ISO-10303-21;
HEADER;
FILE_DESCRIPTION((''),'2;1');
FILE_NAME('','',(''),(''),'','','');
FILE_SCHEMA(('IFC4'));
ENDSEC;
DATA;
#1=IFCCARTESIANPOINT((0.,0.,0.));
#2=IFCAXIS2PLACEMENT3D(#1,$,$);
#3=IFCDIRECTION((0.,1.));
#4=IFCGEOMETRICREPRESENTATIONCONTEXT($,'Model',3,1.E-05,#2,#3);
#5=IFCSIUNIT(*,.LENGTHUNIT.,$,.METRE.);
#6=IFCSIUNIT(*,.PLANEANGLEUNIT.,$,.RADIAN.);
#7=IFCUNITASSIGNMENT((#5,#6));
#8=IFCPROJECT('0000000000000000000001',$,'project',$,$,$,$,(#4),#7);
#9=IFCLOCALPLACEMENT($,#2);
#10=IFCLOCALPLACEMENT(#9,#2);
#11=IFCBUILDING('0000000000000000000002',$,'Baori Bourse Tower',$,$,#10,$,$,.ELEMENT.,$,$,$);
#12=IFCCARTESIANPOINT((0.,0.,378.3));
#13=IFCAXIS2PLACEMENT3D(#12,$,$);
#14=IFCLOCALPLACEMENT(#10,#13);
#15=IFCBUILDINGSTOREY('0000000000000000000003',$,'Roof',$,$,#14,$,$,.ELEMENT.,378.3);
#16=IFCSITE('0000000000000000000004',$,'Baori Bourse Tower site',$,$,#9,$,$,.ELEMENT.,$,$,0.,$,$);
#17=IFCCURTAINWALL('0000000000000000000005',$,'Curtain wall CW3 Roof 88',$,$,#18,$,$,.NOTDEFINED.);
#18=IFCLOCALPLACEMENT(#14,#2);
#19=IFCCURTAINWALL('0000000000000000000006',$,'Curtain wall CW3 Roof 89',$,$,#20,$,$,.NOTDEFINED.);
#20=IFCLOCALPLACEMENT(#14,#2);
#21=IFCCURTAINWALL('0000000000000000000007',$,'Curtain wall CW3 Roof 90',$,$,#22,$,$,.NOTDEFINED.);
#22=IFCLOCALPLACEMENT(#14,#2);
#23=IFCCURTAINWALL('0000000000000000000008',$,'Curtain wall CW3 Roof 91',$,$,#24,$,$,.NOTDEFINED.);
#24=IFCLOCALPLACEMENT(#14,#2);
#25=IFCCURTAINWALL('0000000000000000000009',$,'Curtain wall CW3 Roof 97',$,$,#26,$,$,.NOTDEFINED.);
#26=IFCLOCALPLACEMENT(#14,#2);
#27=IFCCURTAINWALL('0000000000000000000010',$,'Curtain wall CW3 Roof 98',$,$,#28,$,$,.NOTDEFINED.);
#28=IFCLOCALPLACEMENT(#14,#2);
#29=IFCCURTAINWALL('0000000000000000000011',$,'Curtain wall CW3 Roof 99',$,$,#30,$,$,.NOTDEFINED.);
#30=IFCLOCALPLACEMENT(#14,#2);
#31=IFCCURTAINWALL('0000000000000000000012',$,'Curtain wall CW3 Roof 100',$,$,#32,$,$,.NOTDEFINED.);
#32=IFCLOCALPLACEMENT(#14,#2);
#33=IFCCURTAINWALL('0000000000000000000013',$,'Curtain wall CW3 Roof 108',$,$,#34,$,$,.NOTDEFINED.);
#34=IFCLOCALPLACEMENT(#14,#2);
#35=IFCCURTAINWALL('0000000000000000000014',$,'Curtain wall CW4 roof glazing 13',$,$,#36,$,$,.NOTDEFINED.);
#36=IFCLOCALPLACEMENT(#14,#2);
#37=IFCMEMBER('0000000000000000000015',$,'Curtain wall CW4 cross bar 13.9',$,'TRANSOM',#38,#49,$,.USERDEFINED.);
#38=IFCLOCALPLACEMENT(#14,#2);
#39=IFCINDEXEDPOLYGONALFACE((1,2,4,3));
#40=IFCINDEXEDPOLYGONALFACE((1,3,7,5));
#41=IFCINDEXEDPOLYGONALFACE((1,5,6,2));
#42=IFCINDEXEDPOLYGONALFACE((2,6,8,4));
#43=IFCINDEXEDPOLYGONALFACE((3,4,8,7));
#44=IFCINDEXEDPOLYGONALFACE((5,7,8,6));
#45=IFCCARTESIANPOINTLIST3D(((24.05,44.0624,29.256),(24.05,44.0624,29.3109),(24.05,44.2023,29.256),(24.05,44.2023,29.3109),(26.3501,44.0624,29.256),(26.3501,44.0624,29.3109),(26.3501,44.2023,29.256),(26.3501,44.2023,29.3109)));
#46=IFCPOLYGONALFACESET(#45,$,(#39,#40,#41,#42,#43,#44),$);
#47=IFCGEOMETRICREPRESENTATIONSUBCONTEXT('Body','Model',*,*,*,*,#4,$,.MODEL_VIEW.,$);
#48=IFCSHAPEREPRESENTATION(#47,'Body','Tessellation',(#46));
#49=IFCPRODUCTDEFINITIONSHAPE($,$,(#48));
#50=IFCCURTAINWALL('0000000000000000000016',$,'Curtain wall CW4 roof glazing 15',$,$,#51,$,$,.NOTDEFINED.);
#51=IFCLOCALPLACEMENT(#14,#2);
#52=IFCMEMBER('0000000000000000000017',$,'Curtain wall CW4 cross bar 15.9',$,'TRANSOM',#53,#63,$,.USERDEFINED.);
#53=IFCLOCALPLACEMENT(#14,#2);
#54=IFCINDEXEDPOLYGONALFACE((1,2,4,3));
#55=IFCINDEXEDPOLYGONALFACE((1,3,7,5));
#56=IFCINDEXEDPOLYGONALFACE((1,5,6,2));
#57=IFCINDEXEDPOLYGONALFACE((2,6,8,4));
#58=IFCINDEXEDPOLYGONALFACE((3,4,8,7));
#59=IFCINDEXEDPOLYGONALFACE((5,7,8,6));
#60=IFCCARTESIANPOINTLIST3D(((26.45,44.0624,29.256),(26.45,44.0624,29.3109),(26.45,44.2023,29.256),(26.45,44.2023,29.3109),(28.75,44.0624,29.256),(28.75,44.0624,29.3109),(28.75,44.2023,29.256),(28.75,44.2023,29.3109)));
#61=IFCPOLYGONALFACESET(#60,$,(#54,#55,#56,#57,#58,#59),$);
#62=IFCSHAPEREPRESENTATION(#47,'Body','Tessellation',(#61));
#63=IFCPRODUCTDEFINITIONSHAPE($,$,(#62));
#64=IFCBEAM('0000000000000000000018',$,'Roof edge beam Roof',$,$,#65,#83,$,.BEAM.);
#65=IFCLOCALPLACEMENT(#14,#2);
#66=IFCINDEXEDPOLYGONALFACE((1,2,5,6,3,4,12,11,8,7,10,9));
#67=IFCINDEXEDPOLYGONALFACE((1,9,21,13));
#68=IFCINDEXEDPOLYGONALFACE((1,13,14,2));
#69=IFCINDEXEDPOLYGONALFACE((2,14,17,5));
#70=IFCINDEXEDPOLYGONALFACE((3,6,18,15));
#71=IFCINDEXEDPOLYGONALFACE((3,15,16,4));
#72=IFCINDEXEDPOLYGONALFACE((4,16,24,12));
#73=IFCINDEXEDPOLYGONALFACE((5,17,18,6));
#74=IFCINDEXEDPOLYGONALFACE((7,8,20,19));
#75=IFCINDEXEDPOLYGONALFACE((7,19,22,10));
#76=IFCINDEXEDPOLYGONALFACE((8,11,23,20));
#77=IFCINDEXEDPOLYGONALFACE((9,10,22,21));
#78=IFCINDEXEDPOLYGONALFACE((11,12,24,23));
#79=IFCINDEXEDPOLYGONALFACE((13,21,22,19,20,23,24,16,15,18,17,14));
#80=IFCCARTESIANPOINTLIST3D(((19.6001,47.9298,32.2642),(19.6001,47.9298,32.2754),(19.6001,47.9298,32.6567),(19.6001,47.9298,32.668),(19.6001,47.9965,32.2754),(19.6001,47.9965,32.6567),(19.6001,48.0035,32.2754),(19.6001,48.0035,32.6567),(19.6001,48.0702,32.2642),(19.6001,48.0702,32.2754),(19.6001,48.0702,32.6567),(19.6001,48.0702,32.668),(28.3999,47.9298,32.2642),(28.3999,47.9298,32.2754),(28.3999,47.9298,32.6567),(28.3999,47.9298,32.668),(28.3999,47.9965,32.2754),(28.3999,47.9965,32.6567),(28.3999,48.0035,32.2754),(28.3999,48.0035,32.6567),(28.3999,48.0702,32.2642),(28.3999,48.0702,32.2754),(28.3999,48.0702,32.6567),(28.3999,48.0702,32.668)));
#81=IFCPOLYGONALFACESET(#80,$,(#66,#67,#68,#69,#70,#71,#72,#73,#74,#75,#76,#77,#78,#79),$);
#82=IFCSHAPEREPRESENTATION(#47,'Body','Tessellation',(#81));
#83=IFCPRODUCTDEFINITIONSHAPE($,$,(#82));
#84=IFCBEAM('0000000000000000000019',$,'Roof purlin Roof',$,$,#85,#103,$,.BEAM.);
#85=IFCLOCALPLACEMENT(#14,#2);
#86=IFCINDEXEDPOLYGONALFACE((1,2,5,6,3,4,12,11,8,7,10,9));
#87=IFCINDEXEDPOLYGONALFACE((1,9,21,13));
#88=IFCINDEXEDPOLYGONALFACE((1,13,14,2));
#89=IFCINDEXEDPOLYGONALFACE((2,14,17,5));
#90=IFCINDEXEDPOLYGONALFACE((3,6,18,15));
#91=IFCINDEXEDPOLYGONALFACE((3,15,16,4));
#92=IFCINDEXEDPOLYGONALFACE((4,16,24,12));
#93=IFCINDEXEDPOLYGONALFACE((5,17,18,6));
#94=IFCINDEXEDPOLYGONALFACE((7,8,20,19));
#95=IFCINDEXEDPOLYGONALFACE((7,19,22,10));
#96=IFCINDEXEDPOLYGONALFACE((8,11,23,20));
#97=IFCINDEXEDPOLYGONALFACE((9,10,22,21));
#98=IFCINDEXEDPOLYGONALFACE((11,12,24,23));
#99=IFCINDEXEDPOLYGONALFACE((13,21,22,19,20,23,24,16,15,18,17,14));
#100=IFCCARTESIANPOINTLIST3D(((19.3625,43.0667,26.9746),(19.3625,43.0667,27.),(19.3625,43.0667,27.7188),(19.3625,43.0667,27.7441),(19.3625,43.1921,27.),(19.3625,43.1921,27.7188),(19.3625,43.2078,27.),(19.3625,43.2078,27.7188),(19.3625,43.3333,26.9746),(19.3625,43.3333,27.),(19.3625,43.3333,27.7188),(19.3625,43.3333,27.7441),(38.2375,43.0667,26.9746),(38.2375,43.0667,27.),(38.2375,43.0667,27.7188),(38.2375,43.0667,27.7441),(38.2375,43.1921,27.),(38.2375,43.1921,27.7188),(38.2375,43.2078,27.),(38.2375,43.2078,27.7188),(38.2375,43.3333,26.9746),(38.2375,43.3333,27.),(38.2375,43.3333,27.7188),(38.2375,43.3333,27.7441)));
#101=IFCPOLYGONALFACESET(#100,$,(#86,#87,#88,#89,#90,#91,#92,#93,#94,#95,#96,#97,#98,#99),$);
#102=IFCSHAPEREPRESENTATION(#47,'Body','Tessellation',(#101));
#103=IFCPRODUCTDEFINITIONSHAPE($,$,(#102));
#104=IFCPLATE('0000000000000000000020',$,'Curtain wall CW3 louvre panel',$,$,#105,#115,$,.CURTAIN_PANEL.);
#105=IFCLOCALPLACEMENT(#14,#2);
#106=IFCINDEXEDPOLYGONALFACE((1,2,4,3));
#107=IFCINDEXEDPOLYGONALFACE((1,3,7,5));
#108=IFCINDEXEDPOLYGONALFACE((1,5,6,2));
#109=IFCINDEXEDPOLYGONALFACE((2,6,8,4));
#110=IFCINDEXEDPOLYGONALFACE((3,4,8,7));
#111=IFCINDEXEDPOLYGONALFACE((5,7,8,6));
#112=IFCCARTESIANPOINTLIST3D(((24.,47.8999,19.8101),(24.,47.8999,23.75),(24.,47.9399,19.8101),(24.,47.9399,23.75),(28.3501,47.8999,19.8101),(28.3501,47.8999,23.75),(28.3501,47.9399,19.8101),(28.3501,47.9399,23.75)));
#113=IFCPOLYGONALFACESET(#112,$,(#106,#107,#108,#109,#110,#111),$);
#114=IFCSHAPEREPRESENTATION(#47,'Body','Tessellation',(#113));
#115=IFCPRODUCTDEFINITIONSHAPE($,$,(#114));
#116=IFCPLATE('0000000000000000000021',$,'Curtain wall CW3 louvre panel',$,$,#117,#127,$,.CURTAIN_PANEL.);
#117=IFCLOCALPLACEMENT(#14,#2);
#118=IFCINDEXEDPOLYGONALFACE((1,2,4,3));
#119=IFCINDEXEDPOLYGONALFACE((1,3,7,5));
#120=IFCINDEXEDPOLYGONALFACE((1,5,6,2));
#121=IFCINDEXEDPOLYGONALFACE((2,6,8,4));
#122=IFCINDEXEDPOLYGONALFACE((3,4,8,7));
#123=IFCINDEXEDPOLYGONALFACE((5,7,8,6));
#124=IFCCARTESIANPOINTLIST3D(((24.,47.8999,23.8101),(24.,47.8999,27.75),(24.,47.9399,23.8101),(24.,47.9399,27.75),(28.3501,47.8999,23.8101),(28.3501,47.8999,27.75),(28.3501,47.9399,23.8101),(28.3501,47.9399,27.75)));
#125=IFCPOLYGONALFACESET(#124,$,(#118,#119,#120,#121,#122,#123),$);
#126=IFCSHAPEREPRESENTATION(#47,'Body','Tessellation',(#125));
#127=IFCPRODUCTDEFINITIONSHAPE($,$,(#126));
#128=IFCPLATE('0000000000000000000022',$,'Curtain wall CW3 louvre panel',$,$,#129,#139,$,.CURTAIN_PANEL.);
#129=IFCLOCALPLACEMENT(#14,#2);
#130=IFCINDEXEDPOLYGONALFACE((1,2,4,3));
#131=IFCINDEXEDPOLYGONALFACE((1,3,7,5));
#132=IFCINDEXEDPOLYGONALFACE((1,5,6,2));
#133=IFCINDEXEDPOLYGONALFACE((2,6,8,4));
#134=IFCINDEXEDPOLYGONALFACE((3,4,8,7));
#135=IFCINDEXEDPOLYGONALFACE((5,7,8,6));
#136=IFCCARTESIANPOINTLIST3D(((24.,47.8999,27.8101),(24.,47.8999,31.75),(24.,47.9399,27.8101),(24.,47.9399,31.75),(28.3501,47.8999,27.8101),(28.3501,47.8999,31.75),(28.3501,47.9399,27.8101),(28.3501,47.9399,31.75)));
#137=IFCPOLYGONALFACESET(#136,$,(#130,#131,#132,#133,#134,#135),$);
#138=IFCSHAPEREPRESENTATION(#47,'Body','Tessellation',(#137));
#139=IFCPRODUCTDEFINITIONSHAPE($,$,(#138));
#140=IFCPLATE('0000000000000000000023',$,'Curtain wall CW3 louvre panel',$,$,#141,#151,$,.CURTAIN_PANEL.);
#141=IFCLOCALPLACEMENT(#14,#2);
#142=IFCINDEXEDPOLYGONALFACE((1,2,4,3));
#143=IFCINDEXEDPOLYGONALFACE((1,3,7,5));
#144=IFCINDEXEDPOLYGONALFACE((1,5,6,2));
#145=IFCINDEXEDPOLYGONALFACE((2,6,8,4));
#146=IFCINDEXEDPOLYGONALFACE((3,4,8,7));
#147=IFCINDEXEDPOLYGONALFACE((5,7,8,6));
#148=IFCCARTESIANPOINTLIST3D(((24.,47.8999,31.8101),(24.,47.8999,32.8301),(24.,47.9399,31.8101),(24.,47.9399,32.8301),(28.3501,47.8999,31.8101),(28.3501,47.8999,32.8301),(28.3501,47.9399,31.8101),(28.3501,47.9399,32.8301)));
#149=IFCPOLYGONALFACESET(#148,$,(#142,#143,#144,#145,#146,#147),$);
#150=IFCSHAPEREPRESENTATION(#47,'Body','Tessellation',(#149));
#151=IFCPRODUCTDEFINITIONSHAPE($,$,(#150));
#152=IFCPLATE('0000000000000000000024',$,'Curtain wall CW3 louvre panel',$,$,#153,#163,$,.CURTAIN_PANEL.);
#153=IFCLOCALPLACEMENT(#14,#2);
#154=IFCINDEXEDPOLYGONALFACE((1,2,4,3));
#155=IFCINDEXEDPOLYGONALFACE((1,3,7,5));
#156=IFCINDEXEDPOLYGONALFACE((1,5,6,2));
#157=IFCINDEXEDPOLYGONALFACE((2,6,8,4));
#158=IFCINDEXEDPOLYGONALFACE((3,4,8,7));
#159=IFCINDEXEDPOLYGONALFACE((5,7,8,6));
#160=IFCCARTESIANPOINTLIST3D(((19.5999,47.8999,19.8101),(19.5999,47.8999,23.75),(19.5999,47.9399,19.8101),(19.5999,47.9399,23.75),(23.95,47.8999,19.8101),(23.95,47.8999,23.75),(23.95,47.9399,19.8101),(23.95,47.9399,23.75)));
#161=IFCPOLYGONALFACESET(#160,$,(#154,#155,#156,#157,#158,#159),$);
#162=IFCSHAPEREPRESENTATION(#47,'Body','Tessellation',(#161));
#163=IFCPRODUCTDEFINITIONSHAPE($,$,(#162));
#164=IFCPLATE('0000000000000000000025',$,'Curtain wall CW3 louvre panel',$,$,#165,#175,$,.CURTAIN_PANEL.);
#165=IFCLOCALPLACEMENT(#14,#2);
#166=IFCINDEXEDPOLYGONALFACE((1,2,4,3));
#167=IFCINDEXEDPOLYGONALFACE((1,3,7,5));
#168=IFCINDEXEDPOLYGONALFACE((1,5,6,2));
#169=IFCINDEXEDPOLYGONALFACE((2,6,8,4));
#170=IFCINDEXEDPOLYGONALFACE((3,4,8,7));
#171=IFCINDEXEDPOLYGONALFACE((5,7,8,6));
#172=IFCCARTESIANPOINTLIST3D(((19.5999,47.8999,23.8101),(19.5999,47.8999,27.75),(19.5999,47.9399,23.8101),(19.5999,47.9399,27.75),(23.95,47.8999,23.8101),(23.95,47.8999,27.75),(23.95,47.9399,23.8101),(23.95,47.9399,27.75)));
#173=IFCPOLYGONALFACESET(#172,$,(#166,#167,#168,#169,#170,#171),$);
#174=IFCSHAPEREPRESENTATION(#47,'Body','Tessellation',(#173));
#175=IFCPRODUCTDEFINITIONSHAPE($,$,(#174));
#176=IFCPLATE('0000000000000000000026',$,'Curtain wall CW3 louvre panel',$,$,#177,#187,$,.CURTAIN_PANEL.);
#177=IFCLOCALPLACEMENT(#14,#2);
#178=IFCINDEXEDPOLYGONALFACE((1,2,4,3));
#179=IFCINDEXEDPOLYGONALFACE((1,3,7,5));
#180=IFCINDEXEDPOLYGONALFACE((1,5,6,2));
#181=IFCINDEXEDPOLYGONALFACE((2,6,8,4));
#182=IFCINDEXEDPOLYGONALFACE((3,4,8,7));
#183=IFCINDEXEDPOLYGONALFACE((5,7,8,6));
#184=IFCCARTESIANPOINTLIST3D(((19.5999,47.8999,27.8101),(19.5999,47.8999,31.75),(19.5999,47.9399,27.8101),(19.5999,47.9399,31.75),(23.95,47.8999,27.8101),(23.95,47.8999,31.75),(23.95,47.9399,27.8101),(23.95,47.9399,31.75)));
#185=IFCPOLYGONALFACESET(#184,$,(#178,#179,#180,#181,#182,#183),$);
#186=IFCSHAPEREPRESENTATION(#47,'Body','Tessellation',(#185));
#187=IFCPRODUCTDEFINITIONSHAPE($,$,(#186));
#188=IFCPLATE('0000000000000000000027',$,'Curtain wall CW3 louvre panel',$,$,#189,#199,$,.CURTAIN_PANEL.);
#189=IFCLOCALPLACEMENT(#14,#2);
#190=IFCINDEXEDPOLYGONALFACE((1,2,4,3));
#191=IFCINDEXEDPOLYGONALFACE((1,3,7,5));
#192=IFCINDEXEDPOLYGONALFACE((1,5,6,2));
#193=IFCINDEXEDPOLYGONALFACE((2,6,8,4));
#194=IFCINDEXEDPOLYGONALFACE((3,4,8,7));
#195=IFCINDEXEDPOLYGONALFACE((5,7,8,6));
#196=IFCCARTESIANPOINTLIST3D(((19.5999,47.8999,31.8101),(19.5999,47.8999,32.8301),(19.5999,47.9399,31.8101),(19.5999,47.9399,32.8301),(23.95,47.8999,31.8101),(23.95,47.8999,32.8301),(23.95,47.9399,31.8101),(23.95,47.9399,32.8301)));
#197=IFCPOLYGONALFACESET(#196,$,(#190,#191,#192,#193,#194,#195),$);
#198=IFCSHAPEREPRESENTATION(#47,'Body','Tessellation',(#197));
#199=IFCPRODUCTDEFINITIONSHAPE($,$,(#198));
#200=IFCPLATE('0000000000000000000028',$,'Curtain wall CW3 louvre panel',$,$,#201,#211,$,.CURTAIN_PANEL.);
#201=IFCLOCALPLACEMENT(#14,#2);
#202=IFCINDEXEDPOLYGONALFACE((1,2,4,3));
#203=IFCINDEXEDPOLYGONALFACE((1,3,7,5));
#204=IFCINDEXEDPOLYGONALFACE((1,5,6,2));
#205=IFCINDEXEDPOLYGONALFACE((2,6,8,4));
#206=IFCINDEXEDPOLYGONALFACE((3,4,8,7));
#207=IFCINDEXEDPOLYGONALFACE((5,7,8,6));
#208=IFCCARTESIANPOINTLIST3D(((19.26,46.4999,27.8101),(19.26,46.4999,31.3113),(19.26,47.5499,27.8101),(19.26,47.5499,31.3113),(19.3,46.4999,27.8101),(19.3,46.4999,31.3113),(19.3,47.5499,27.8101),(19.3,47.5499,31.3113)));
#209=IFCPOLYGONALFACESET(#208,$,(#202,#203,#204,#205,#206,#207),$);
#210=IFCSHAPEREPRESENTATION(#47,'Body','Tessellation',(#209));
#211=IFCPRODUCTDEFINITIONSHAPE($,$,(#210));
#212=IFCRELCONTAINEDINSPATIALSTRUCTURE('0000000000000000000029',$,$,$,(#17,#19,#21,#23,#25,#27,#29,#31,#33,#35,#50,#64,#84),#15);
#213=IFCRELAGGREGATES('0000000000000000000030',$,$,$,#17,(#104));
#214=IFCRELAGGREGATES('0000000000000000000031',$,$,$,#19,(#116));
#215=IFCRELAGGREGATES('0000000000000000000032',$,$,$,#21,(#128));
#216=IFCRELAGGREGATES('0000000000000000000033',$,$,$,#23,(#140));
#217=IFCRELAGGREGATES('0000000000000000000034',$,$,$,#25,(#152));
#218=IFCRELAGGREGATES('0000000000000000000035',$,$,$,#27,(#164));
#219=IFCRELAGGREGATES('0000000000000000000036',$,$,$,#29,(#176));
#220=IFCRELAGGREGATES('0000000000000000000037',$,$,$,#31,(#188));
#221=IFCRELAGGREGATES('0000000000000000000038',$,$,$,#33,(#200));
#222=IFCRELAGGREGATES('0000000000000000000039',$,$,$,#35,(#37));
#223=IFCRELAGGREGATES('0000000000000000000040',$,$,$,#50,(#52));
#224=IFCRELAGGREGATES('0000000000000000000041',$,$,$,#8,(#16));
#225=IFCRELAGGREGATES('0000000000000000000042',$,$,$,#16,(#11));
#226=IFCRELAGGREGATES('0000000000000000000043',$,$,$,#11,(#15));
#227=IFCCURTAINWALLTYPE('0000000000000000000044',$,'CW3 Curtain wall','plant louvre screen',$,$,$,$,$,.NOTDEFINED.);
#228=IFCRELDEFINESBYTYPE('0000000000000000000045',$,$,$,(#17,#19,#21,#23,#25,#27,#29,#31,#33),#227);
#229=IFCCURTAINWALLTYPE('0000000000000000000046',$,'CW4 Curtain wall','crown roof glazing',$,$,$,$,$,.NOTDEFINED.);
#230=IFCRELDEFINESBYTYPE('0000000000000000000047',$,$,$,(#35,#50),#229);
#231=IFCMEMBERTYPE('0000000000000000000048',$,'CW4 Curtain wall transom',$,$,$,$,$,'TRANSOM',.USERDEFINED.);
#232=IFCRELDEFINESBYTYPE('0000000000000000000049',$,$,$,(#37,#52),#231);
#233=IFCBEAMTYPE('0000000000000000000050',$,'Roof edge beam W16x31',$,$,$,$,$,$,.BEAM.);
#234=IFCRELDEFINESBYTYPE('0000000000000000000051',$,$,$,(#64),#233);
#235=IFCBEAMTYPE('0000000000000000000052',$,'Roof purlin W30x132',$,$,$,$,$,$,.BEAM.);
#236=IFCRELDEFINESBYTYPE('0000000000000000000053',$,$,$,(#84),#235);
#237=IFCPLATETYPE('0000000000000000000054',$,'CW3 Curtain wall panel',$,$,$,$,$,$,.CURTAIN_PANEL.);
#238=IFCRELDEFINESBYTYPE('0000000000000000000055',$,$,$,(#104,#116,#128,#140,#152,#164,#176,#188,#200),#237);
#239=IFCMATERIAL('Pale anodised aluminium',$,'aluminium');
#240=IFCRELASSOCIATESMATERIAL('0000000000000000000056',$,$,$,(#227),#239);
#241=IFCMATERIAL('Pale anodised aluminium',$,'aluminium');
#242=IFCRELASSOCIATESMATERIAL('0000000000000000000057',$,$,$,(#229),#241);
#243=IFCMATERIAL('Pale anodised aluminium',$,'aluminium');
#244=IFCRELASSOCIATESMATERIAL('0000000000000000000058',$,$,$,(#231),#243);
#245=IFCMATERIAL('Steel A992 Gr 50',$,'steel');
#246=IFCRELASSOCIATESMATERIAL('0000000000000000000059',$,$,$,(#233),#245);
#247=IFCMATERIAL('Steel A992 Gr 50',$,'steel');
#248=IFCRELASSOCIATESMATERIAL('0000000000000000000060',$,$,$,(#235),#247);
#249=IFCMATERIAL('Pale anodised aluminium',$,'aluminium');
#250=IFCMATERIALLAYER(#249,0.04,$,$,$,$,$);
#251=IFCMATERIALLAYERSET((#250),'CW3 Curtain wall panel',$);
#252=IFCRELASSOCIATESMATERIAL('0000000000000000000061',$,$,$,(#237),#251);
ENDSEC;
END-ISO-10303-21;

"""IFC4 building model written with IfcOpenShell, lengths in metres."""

from ifc_helpers import new_model, si_unit, direction, frame, origin, origin_2d, place, context, subcontext, project, spatial, rectangle, i_section, extrude, material, layer, layer_set, material_profile, profile_set, type_object, element, aggregate, save


model = new_model("IFC4")

# Units and contexts
model_context = context("Model", 3, precision=1e-05, world=origin(), true_north=direction((0.0, 1.0)))
body_context = subcontext(model_context, "Body", "Model", "MODEL_VIEW")
ifc_project = project(units=[si_unit("LENGTHUNIT", "METRE"), si_unit("PLANEANGLEUNIT", "RADIAN")], contexts=[model_context])

# Site, building, storey
site_placement = place(None, origin())
site = spatial("IfcSite", under=ifc_project, at=site_placement, Name="Baori Bourse Tower site", CompositionType="ELEMENT", RefElevation=0.0)
building_placement = place(site_placement, origin())
building = spatial("IfcBuilding", under=site, at=building_placement, Name="Baori Bourse Tower", CompositionType="ELEMENT")
storey_placement = place(building_placement, frame((0.0, 0.0, 378.3)))
storey = spatial("IfcBuildingStorey", under=building, at=storey_placement, Name="Roof", CompositionType="ELEMENT", Elevation=378.3)

# Curtain walls
ifc_material_1 = material(Name="Pale anodised aluminium", Category="aluminium")
curtain_wall_type_1 = type_object("IfcCurtainWallType", Name="CW3 Curtain wall", Description="plant louvre screen", PredefinedType="NOTDEFINED", material=ifc_material_1)
curtain_wall_1_placement = place(storey_placement, origin())
curtain_wall_1 = element("IfcCurtainWall", 1, at=curtain_wall_1_placement, inside=storey, type_object=curtain_wall_type_1, Name="Curtain wall CW3 Roof 88", PredefinedType="NOTDEFINED")
curtain_wall_2_placement = place(storey_placement, origin())
curtain_wall_2 = element("IfcCurtainWall", 2, at=curtain_wall_2_placement, inside=storey, type_object=curtain_wall_type_1, Name="Curtain wall CW3 Roof 89", PredefinedType="NOTDEFINED")
curtain_wall_3_placement = place(storey_placement, origin())
curtain_wall_3 = element("IfcCurtainWall", 3, at=curtain_wall_3_placement, inside=storey, type_object=curtain_wall_type_1, Name="Curtain wall CW3 Roof 90", PredefinedType="NOTDEFINED")
curtain_wall_4_placement = place(storey_placement, origin())
curtain_wall_4 = element("IfcCurtainWall", 4, at=curtain_wall_4_placement, inside=storey, type_object=curtain_wall_type_1, Name="Curtain wall CW3 Roof 91", PredefinedType="NOTDEFINED")
curtain_wall_5_placement = place(storey_placement, origin())
curtain_wall_5 = element("IfcCurtainWall", 5, at=curtain_wall_5_placement, inside=storey, type_object=curtain_wall_type_1, Name="Curtain wall CW3 Roof 97", PredefinedType="NOTDEFINED")
curtain_wall_6_placement = place(storey_placement, origin())
curtain_wall_6 = element("IfcCurtainWall", 6, at=curtain_wall_6_placement, inside=storey, type_object=curtain_wall_type_1, Name="Curtain wall CW3 Roof 98", PredefinedType="NOTDEFINED")
curtain_wall_7_placement = place(storey_placement, origin())
curtain_wall_7 = element("IfcCurtainWall", 7, at=curtain_wall_7_placement, inside=storey, type_object=curtain_wall_type_1, Name="Curtain wall CW3 Roof 99", PredefinedType="NOTDEFINED")
curtain_wall_8_placement = place(storey_placement, origin())
curtain_wall_8 = element("IfcCurtainWall", 8, at=curtain_wall_8_placement, inside=storey, type_object=curtain_wall_type_1, Name="Curtain wall CW3 Roof 100", PredefinedType="NOTDEFINED")
curtain_wall_9_placement = place(storey_placement, origin())
curtain_wall_9 = element("IfcCurtainWall", 9, at=curtain_wall_9_placement, inside=storey, type_object=curtain_wall_type_1, Name="Curtain wall CW3 Roof 108", PredefinedType="NOTDEFINED")

# Curtain walls, members
ifc_material_2 = material(Name="Pale anodised aluminium", Category="aluminium")
curtain_wall_type_2 = type_object("IfcCurtainWallType", Name="CW4 Curtain wall", Description="crown roof glazing", PredefinedType="NOTDEFINED", material=ifc_material_2)
ifc_material_3 = material(Name="Pale anodised aluminium", Category="aluminium")
ifc_material_profile_1 = material_profile(ifc_material_3, rectangle(XDim=0.1399, YDim=0.0549, at=origin_2d()), Name="Transom 55x140")
ifc_profile_set_1 = profile_set([ifc_material_profile_1], Name="Pale anodised aluminium")
member_type_1 = type_object("IfcMemberType", Name="CW4 Curtain wall transom", ElementType="TRANSOM", PredefinedType="USERDEFINED", material=ifc_profile_set_1)
curtain_wall_10_placement = place(storey_placement, origin())
curtain_wall_10 = element("IfcCurtainWall", 10, at=curtain_wall_10_placement, inside=storey, type_object=curtain_wall_type_2, Name="Curtain wall CW4 roof glazing 13", PredefinedType="NOTDEFINED")
member_1_placement = place(storey_placement, frame((24.05, 44.1323, 29.2834), z_axis=(1.0, 0.0, 0.0), x_axis=(0.0, 1.0, 0.0)))
member_1 = element("IfcMember", 11, at=member_1_placement, type_object=member_type_1, Name="Curtain wall CW4 cross bar 13.9", ObjectType="TRANSOM", PredefinedType="USERDEFINED", context=body_context, shape_type="SweptSolid", body=[
    extrude(rectangle(XDim=0.1399, YDim=0.0549, at=origin_2d()), origin(), (0.0, 0.0, 1.0), 2.3),
])
curtain_wall_11_placement = place(storey_placement, origin())
curtain_wall_11 = element("IfcCurtainWall", 12, at=curtain_wall_11_placement, inside=storey, type_object=curtain_wall_type_2, Name="Curtain wall CW4 roof glazing 15", PredefinedType="NOTDEFINED")
member_2_placement = place(storey_placement, frame((26.45, 44.1323, 29.2834), z_axis=(1.0, 0.0, 0.0), x_axis=(0.0, 1.0, 0.0)))
member_2 = element("IfcMember", 13, at=member_2_placement, type_object=member_type_1, Name="Curtain wall CW4 cross bar 15.9", ObjectType="TRANSOM", PredefinedType="USERDEFINED", context=body_context, shape_type="SweptSolid", body=[
    extrude(rectangle(XDim=0.1399, YDim=0.0549, at=origin_2d()), origin(), (0.0, 0.0, 1.0), 2.3),
])

# Beams
ifc_material_4 = material(Name="Steel A992 Gr 50", Category="steel")
ifc_material_profile_2 = material_profile(ifc_material_4, i_section(OverallWidth=0.1404, OverallDepth=0.4038, WebThickness=0.0071, FlangeThickness=0.0112, at=origin_2d()), Name="W16x31")
ifc_profile_set_2 = profile_set([ifc_material_profile_2], Name="Steel A992 Gr 50")
beam_type_1 = type_object("IfcBeamType", Name="Roof edge beam W16x31", PredefinedType="BEAM", material=ifc_profile_set_2)
beam_1_placement = place(storey_placement, frame((19.6001, 48.0, 32.4661), z_axis=(1.0, 0.0, 0.0), x_axis=(0.0, 1.0, 0.0)))
element("IfcBeam", 14, at=beam_1_placement, inside=storey, type_object=beam_type_1, Name="Roof edge beam Roof", PredefinedType="BEAM", context=body_context, shape_type="SweptSolid", body=[
    extrude(i_section(OverallWidth=0.1404, OverallDepth=0.4038, WebThickness=0.0071, FlangeThickness=0.0112, at=origin_2d()), origin(), (0.0, 0.0, 1.0), 8.7998),
])
ifc_material_5 = material(Name="Steel A992 Gr 50", Category="steel")
ifc_material_profile_3 = material_profile(ifc_material_5, i_section(OverallWidth=0.2666, OverallDepth=0.7695, WebThickness=0.0156, FlangeThickness=0.0254, at=origin_2d()), Name="W30x132")
ifc_profile_set_3 = profile_set([ifc_material_profile_3], Name="Steel A992 Gr 50")
beam_type_2 = type_object("IfcBeamType", Name="Roof purlin W30x132", PredefinedType="BEAM", material=ifc_profile_set_3)
beam_2_placement = place(storey_placement, frame((19.3625, 43.2, 27.3594), z_axis=(1.0, 0.0, 0.0), x_axis=(0.0, 1.0, 0.0)))
element("IfcBeam", 15, at=beam_2_placement, inside=storey, type_object=beam_type_2, Name="Roof purlin Roof", PredefinedType="BEAM", context=body_context, shape_type="SweptSolid", body=[
    extrude(i_section(OverallWidth=0.2666, OverallDepth=0.7695, WebThickness=0.0156, FlangeThickness=0.0254, at=origin_2d()), origin(), (0.0, 0.0, 1.0), 18.875),
])

# Plates
ifc_material_6 = material(Name="Pale anodised aluminium", Category="aluminium")
ifc_layer_1 = layer(ifc_material_6, 0.04)
ifc_layer_set_1 = layer_set([ifc_layer_1], Name="CW3 Curtain wall panel")
plate_type_1 = type_object("IfcPlateType", Name="CW3 Curtain wall panel", PredefinedType="CURTAIN_PANEL", material=ifc_layer_set_1)
plate_1_placement = place(storey_placement, frame((26.175, 47.9199, 19.8101), z_axis=(0.0, 0.0, 1.0), x_axis=(-1.0, 0.0, 0.0)))
plate_1 = element("IfcPlate", 16, at=plate_1_placement, type_object=plate_type_1, Name="Curtain wall CW3 louvre panel", PredefinedType="CURTAIN_PANEL", context=body_context, shape_type="SweptSolid", body=[
    extrude(rectangle(XDim=4.3501, YDim=0.04, at=origin_2d()), origin(), (0.0, 0.0, 1.0), 3.9399),
])
aggregate(curtain_wall_1, [plate_1])
plate_2_placement = place(storey_placement, frame((26.175, 47.9199, 23.8101), z_axis=(0.0, 0.0, 1.0), x_axis=(-1.0, 0.0, 0.0)))
plate_2 = element("IfcPlate", 17, at=plate_2_placement, type_object=plate_type_1, Name="Curtain wall CW3 louvre panel", PredefinedType="CURTAIN_PANEL", context=body_context, shape_type="SweptSolid", body=[
    extrude(rectangle(XDim=4.3501, YDim=0.04, at=origin_2d()), origin(), (0.0, 0.0, 1.0), 3.9399),
])
aggregate(curtain_wall_2, [plate_2])
plate_3_placement = place(storey_placement, frame((26.175, 47.9199, 27.8101), z_axis=(0.0, 0.0, 1.0), x_axis=(-1.0, 0.0, 0.0)))
plate_3 = element("IfcPlate", 18, at=plate_3_placement, type_object=plate_type_1, Name="Curtain wall CW3 louvre panel", PredefinedType="CURTAIN_PANEL", context=body_context, shape_type="SweptSolid", body=[
    extrude(rectangle(XDim=4.3501, YDim=0.04, at=origin_2d()), origin(), (0.0, 0.0, 1.0), 3.9399),
])
aggregate(curtain_wall_3, [plate_3])
plate_4_placement = place(storey_placement, frame((26.175, 47.9199, 31.8101), z_axis=(0.0, 0.0, 1.0), x_axis=(-1.0, 0.0, 0.0)))
plate_4 = element("IfcPlate", 19, at=plate_4_placement, type_object=plate_type_1, Name="Curtain wall CW3 louvre panel", PredefinedType="CURTAIN_PANEL", context=body_context, shape_type="SweptSolid", body=[
    extrude(rectangle(XDim=4.3501, YDim=0.04, at=origin_2d()), origin(), (0.0, 0.0, 1.0), 1.02),
])
aggregate(curtain_wall_4, [plate_4])
plate_5_placement = place(storey_placement, frame((21.7749, 47.9199, 19.8101), z_axis=(0.0, 0.0, 1.0), x_axis=(-1.0, 0.0, 0.0)))
plate_5 = element("IfcPlate", 20, at=plate_5_placement, type_object=plate_type_1, Name="Curtain wall CW3 louvre panel", PredefinedType="CURTAIN_PANEL", context=body_context, shape_type="SweptSolid", body=[
    extrude(rectangle(XDim=4.3501, YDim=0.04, at=origin_2d()), origin(), (0.0, 0.0, 1.0), 3.9399),
])
aggregate(curtain_wall_5, [plate_5])
plate_6_placement = place(storey_placement, frame((21.7749, 47.9199, 23.8101), z_axis=(0.0, 0.0, 1.0), x_axis=(-1.0, 0.0, 0.0)))
plate_6 = element("IfcPlate", 21, at=plate_6_placement, type_object=plate_type_1, Name="Curtain wall CW3 louvre panel", PredefinedType="CURTAIN_PANEL", context=body_context, shape_type="SweptSolid", body=[
    extrude(rectangle(XDim=4.3501, YDim=0.04, at=origin_2d()), origin(), (0.0, 0.0, 1.0), 3.9399),
])
aggregate(curtain_wall_6, [plate_6])
plate_7_placement = place(storey_placement, frame((21.7749, 47.9199, 27.8101), z_axis=(0.0, 0.0, 1.0), x_axis=(-1.0, 0.0, 0.0)))
plate_7 = element("IfcPlate", 22, at=plate_7_placement, type_object=plate_type_1, Name="Curtain wall CW3 louvre panel", PredefinedType="CURTAIN_PANEL", context=body_context, shape_type="SweptSolid", body=[
    extrude(rectangle(XDim=4.3501, YDim=0.04, at=origin_2d()), origin(), (0.0, 0.0, 1.0), 3.9399),
])
aggregate(curtain_wall_7, [plate_7])
plate_8_placement = place(storey_placement, frame((21.7749, 47.9199, 31.8101), z_axis=(0.0, 0.0, 1.0), x_axis=(-1.0, 0.0, 0.0)))
plate_8 = element("IfcPlate", 23, at=plate_8_placement, type_object=plate_type_1, Name="Curtain wall CW3 louvre panel", PredefinedType="CURTAIN_PANEL", context=body_context, shape_type="SweptSolid", body=[
    extrude(rectangle(XDim=4.3501, YDim=0.04, at=origin_2d()), origin(), (0.0, 0.0, 1.0), 1.02),
])
aggregate(curtain_wall_8, [plate_8])
plate_9_placement = place(storey_placement, frame((19.28, 47.0249, 27.8101), z_axis=(0.0, 0.0, 1.0), x_axis=(0.0, -1.0, 0.0)))
plate_9 = element("IfcPlate", 24, at=plate_9_placement, type_object=plate_type_1, Name="Curtain wall CW3 louvre panel", PredefinedType="CURTAIN_PANEL", context=body_context, shape_type="SweptSolid", body=[
    extrude(rectangle(XDim=1.05, YDim=0.04, at=origin_2d()), origin(), (0.0, 0.0, 1.0), 3.5012),
])
aggregate(curtain_wall_9, [plate_9])
aggregate(curtain_wall_10, [member_1])
aggregate(curtain_wall_11, [member_2])

save(model, "model.ifc")
